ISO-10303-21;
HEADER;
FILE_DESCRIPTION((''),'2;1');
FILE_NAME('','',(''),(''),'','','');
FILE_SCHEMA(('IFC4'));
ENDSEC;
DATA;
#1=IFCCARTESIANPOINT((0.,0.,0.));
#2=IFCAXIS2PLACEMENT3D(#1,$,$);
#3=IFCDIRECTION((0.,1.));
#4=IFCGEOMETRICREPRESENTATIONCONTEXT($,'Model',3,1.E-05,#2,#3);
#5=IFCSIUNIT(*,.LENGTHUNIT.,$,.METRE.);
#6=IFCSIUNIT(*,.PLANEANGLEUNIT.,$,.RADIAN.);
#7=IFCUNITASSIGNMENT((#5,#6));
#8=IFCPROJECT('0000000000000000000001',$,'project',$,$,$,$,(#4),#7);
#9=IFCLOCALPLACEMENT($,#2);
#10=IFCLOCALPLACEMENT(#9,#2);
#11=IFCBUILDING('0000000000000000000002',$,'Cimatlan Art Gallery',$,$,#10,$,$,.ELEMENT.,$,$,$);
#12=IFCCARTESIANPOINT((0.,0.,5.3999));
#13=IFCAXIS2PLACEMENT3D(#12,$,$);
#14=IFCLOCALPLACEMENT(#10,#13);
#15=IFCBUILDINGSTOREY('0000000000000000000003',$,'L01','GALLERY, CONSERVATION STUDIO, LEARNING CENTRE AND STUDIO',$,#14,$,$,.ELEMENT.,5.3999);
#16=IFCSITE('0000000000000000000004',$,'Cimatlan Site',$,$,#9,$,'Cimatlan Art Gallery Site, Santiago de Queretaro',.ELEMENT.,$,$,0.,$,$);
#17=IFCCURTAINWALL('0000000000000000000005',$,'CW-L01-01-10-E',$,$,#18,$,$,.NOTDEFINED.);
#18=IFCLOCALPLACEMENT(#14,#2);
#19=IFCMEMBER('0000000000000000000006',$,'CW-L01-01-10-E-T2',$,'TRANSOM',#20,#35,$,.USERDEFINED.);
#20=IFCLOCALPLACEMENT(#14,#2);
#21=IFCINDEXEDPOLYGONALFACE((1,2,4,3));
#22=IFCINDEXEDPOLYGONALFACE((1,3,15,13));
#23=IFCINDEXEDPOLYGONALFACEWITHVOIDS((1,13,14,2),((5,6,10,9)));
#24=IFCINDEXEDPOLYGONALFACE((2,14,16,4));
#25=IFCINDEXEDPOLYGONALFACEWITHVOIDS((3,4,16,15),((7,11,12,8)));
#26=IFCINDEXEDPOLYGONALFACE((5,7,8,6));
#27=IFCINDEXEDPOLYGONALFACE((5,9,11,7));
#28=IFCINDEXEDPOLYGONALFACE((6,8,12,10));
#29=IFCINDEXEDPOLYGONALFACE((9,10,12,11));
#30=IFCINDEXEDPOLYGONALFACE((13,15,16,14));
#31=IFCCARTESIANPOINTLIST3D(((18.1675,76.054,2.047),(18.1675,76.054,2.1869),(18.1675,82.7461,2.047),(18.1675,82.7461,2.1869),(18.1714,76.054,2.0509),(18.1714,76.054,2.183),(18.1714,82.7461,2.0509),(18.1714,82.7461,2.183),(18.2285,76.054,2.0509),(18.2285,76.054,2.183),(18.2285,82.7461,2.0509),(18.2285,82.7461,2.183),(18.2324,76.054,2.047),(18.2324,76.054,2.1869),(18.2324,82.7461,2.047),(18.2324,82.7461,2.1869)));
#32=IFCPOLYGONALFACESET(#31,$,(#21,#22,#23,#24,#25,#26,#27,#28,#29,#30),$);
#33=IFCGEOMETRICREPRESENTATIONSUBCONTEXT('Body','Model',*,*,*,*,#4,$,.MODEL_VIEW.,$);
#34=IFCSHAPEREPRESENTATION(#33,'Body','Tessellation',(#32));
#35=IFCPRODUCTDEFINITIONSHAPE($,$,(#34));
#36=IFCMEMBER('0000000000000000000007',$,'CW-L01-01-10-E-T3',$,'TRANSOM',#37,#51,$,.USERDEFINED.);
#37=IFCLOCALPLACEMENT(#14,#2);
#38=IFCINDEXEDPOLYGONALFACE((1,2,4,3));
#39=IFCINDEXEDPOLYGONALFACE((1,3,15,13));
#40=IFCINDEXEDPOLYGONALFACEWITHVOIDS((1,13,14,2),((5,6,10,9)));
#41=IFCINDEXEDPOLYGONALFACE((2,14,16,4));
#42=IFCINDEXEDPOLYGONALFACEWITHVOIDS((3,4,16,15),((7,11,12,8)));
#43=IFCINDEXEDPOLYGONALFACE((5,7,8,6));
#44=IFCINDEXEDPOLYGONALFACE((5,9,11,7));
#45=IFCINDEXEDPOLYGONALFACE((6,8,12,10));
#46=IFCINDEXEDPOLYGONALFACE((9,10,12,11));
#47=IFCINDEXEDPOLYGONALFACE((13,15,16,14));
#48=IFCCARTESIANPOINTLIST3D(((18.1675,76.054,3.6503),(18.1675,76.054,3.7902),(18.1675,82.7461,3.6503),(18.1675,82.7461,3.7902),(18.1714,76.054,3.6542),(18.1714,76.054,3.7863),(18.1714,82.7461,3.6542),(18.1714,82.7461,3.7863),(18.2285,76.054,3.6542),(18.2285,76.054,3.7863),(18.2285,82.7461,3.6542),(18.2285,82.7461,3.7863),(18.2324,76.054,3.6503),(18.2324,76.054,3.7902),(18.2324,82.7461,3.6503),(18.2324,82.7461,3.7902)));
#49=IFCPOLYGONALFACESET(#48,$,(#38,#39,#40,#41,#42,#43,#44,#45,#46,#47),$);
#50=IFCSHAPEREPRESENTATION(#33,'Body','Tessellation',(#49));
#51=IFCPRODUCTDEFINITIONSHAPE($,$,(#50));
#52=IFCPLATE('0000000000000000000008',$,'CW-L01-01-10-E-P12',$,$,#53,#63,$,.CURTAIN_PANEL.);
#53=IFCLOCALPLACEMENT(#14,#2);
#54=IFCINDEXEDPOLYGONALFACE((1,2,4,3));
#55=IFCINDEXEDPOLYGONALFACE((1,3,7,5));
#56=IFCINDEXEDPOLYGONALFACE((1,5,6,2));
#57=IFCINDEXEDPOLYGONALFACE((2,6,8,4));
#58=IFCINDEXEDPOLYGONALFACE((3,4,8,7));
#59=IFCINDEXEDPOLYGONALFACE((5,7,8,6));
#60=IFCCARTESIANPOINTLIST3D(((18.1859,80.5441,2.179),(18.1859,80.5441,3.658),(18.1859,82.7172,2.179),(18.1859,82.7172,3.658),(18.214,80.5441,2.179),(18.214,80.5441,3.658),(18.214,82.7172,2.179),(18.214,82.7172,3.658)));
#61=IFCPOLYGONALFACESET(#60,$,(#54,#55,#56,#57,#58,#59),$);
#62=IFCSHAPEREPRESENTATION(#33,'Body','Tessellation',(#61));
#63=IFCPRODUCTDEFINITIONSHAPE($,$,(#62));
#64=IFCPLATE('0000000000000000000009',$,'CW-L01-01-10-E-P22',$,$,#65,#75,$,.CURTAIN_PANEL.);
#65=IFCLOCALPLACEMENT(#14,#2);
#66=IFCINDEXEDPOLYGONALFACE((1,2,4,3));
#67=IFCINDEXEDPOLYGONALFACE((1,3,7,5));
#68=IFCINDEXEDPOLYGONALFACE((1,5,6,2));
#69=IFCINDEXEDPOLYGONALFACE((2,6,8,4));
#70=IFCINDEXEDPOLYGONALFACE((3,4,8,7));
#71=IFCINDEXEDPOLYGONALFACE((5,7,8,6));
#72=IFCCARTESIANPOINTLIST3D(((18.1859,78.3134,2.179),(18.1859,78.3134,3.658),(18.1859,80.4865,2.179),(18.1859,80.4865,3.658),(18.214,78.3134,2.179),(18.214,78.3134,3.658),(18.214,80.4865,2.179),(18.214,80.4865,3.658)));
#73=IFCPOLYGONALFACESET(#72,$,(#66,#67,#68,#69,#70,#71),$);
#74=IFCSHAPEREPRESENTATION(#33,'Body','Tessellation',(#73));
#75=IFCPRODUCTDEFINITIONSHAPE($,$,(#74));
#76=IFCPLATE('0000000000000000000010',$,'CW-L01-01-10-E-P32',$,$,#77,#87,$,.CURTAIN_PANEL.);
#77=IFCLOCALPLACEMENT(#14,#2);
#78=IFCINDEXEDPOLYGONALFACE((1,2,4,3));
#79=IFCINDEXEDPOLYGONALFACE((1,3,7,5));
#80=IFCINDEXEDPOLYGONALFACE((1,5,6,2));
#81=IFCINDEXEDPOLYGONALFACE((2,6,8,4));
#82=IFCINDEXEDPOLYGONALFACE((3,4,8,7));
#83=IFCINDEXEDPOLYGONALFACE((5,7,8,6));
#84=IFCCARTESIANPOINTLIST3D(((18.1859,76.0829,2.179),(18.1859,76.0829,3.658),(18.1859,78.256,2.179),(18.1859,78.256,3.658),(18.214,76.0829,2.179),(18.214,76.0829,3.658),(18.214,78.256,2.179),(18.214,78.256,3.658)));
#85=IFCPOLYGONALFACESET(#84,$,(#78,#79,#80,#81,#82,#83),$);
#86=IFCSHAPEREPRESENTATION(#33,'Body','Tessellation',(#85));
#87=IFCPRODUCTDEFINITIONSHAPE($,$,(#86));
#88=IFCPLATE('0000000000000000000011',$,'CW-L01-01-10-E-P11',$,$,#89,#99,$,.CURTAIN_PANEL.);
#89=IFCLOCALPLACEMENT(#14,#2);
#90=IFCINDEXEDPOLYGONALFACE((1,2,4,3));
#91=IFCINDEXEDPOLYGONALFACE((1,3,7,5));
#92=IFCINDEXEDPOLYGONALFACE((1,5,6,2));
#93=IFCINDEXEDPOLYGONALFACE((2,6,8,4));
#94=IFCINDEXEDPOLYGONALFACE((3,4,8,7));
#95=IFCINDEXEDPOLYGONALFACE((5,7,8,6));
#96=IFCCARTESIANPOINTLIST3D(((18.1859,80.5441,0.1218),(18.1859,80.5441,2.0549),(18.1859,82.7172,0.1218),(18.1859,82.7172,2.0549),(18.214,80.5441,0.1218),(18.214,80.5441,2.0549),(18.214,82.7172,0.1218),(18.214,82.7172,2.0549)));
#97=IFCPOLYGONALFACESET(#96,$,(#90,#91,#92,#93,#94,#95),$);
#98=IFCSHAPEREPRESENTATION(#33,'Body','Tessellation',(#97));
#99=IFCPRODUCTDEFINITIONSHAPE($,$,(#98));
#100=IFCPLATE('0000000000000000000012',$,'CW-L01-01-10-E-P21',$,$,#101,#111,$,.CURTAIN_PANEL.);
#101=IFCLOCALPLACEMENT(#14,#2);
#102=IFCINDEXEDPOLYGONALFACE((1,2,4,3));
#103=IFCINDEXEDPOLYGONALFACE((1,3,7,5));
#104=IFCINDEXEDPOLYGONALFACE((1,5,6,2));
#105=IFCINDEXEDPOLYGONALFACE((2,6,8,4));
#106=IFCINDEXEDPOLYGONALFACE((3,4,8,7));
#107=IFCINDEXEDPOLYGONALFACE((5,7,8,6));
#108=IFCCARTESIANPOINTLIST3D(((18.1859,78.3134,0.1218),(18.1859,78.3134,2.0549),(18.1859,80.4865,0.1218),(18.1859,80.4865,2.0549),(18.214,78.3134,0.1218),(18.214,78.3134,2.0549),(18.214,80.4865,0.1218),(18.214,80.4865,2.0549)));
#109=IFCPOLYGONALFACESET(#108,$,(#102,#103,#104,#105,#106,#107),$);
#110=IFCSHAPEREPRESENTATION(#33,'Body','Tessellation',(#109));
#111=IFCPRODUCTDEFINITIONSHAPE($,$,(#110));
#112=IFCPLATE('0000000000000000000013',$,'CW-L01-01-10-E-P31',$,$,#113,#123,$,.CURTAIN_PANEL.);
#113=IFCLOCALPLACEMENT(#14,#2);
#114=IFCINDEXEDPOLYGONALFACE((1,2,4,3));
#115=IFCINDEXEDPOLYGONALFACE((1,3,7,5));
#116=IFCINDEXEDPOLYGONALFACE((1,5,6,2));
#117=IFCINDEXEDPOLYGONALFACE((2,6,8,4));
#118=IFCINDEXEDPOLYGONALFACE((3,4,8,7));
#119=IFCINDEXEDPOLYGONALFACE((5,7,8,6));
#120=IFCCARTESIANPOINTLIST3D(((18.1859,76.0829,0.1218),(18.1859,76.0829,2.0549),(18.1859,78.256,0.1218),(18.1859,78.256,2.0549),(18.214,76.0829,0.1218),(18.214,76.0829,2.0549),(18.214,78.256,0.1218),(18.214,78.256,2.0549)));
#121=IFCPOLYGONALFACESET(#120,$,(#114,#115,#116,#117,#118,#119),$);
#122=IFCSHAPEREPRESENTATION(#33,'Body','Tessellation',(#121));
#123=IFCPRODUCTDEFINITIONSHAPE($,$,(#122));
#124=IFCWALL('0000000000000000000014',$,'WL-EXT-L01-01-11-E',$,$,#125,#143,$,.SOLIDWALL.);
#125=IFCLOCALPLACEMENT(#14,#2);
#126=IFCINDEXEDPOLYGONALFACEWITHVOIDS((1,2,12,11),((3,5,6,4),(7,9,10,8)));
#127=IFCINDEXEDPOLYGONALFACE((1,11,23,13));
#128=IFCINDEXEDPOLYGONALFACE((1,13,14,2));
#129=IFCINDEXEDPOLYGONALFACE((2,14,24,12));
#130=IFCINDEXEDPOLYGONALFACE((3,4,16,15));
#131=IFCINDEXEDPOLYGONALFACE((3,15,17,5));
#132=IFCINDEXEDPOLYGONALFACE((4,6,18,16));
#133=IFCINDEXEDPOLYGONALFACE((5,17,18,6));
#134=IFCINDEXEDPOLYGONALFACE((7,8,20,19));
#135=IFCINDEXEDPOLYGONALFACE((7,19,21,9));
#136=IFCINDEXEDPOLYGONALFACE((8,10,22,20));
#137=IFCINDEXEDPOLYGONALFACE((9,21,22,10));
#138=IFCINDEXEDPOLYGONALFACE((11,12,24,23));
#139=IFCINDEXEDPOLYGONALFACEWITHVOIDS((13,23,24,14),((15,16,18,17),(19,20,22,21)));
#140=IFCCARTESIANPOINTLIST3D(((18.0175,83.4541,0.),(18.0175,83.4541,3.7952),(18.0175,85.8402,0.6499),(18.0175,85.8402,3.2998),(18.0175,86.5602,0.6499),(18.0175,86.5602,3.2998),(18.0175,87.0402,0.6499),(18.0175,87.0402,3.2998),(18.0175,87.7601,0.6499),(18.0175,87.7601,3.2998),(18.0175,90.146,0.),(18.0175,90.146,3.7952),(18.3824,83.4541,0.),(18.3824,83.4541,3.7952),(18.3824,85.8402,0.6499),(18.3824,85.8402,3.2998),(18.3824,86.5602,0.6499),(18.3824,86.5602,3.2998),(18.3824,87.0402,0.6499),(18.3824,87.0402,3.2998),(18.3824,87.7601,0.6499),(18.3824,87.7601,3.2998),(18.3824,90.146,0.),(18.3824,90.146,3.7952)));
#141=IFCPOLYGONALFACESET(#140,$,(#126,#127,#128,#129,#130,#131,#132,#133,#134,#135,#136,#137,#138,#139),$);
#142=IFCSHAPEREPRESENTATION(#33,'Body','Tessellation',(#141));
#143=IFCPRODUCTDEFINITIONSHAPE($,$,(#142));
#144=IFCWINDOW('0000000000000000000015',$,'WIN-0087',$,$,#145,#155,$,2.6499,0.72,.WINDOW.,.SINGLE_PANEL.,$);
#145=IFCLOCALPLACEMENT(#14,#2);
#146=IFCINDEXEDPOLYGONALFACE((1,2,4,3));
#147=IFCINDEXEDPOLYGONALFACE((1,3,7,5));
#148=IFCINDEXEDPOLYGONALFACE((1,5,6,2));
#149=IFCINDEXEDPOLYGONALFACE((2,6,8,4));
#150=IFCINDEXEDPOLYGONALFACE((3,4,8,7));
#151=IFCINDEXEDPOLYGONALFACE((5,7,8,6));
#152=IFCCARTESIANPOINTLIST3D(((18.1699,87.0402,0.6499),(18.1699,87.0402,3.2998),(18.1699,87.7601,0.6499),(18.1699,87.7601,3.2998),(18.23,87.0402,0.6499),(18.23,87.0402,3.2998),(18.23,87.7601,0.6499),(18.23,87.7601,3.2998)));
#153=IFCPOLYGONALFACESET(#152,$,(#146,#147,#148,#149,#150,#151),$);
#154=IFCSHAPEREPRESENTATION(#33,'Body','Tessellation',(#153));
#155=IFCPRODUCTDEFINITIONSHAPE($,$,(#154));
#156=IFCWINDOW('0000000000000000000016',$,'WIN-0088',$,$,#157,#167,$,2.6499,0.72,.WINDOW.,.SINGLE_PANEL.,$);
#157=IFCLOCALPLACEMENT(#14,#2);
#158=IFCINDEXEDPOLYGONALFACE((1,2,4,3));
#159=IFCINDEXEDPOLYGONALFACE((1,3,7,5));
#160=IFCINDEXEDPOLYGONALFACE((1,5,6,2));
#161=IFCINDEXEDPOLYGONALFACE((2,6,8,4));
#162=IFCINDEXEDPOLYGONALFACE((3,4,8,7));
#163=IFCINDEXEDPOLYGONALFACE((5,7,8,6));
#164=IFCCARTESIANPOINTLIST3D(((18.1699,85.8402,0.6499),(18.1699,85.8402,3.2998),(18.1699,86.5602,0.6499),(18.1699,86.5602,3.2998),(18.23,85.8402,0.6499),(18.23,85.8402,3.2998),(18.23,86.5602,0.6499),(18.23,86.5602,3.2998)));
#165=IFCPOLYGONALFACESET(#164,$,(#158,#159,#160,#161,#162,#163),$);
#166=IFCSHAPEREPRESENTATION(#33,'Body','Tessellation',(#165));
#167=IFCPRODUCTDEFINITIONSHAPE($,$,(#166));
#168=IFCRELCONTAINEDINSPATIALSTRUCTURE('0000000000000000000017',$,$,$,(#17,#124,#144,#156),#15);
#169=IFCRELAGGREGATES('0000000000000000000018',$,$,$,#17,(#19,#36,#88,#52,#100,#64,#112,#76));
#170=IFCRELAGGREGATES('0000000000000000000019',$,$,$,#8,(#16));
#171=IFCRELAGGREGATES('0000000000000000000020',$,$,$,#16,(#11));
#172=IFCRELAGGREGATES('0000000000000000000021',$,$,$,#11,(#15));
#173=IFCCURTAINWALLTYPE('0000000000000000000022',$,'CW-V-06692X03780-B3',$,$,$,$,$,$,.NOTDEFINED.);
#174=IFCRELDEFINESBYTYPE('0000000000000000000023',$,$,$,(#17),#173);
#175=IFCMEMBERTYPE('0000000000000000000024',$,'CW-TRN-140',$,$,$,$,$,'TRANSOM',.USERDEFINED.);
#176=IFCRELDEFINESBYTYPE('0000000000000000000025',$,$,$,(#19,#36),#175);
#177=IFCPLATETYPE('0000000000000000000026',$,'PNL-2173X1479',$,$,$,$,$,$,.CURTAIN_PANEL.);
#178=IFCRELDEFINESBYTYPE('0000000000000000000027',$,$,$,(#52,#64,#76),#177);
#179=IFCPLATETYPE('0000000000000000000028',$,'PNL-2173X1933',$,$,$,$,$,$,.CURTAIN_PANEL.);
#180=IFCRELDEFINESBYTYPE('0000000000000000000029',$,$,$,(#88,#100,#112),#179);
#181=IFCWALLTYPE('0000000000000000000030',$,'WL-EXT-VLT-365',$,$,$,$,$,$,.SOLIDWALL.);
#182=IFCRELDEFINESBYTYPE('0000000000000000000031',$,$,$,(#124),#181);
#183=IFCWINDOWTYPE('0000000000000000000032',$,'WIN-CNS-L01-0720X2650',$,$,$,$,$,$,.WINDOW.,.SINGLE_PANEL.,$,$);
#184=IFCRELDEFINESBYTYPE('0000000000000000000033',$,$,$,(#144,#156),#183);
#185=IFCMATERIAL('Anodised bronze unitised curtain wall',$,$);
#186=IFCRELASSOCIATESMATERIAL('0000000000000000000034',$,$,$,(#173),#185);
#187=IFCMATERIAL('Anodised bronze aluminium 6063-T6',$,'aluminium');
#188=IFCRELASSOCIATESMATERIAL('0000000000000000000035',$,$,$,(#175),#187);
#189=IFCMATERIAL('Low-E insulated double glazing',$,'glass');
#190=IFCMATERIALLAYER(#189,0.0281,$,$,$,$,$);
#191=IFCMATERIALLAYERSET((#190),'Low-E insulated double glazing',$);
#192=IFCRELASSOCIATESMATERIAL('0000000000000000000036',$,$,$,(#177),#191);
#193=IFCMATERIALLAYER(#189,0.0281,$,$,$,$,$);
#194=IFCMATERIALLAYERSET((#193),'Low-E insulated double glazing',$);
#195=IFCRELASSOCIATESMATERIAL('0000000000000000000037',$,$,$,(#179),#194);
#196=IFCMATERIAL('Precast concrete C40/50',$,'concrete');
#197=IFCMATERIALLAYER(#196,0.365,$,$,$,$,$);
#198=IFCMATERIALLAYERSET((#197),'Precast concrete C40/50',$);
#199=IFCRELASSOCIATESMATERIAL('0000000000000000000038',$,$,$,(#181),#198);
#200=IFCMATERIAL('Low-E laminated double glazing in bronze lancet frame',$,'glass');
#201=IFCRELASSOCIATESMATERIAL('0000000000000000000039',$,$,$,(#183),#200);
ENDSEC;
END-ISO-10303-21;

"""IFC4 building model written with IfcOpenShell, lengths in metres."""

from ifc_helpers import new_model, si_unit, direction, frame, frame_2d, origin, origin_2d, place, context, subcontext, project, spatial, rectangle, hollow_rectangle, extrude, material, layer, layer_set, material_profile, profile_set, type_object, element, fill, aggregate, save


model = new_model("IFC4")

# Units and contexts
model_context = context("Model", 3, precision=1e-05, world=origin(), true_north=direction((0.0, 1.0)))
body_context = subcontext(model_context, "Body", "Model", "MODEL_VIEW")
ifc_project = project(units=[si_unit("LENGTHUNIT", "METRE"), si_unit("PLANEANGLEUNIT", "RADIAN")], contexts=[model_context])

# Site, building, storey
site_placement = place(None, origin())
site = spatial("IfcSite", under=ifc_project, at=site_placement, Name="Cimatlan Site", LongName="Cimatlan Art Gallery Site, Santiago de Queretaro", CompositionType="ELEMENT", RefElevation=0.0)
building_placement = place(site_placement, origin())
building = spatial("IfcBuilding", under=site, at=building_placement, Name="Cimatlan Art Gallery", CompositionType="ELEMENT")
storey_placement = place(building_placement, frame((0.0, 0.0, 5.3999)))
storey = spatial("IfcBuildingStorey", under=building, at=storey_placement, Name="L01", Description="GALLERY, CONSERVATION STUDIO, LEARNING CENTRE AND STUDIO", CompositionType="ELEMENT", Elevation=5.3999)

# Curtain wall, members, plates
ifc_material_1 = material(Name="Anodised bronze unitised curtain wall")
curtain_wall_type = type_object("IfcCurtainWallType", Name="CW-V-06692X03780-B3", PredefinedType="NOTDEFINED", material=ifc_material_1)
curtain_wall_placement = place(storey_placement, origin())
curtain_wall = element("IfcCurtainWall", 1, at=curtain_wall_placement, inside=storey, type_object=curtain_wall_type, Name="CW-L01-01-10-E", PredefinedType="NOTDEFINED")
ifc_material_2 = material(Name="Anodised bronze aluminium 6063-T6", Category="aluminium")
ifc_material_profile_1 = material_profile(ifc_material_2, hollow_rectangle(XDim=0.0649, YDim=0.1399, WallThickness=0.0039, at=origin_2d()), Name="ALU65X140X4")
ifc_profile_set_1 = profile_set([ifc_material_profile_1], Name="Anodised bronze aluminium 6063-T6")
member_type_1 = type_object("IfcMemberType", Name="CW-TRN-140", ElementType="TRANSOM", PredefinedType="USERDEFINED", material=ifc_profile_set_1)
member_1_placement = place(storey_placement, frame((18.2, 82.7461, 2.1169), z_axis=(0.0, -1.0, 0.0), x_axis=(1.0, 0.0, 0.0)))
member_1 = element("IfcMember", 2, at=member_1_placement, type_object=member_type_1, Name="CW-L01-01-10-E-T2", ObjectType="TRANSOM", PredefinedType="USERDEFINED", context=body_context, shape_type="SweptSolid", body=[
    extrude(hollow_rectangle(XDim=0.0649, YDim=0.1399, WallThickness=0.0039, at=origin_2d()), origin(), (0.0, 0.0, 1.0), 6.6921),
])
member_2_placement = place(storey_placement, frame((18.2, 82.7461, 3.7202), z_axis=(0.0, -1.0, 0.0), x_axis=(1.0, 0.0, 0.0)))
member_2 = element("IfcMember", 3, at=member_2_placement, type_object=member_type_1, Name="CW-L01-01-10-E-T3", ObjectType="TRANSOM", PredefinedType="USERDEFINED", context=body_context, shape_type="SweptSolid", body=[
    extrude(hollow_rectangle(XDim=0.0649, YDim=0.1399, WallThickness=0.0039, at=origin_2d()), origin(), (0.0, 0.0, 1.0), 6.6921),
])
ifc_material_3 = material(Name="Low-E insulated double glazing", Category="glass")
ifc_layer_1 = layer(ifc_material_3, 0.0281)
ifc_layer_set_1 = layer_set([ifc_layer_1], Name="Low-E insulated double glazing")
plate_type_1 = type_object("IfcPlateType", Name="PNL-2173X1479", PredefinedType="CURTAIN_PANEL", material=ifc_layer_set_1)
plate_1_placement = place(storey_placement, frame((18.2, 81.6306, 2.179), z_axis=(0.0, 0.0, 1.0), x_axis=(0.0, -1.0, 0.0)))
plate_1 = element("IfcPlate", 4, at=plate_1_placement, type_object=plate_type_1, Name="CW-L01-01-10-E-P12", PredefinedType="CURTAIN_PANEL", context=body_context, shape_type="SweptSolid", body=[
    extrude(rectangle(XDim=2.1731, YDim=0.0281, at=origin_2d()), origin(), (0.0, 0.0, 1.0), 1.479),
])
plate_2_placement = place(storey_placement, frame((18.2, 79.3999, 2.179), z_axis=(0.0, 0.0, 1.0), x_axis=(0.0, -1.0, 0.0)))
plate_2 = element("IfcPlate", 5, at=plate_2_placement, type_object=plate_type_1, Name="CW-L01-01-10-E-P22", PredefinedType="CURTAIN_PANEL", context=body_context, shape_type="SweptSolid", body=[
    extrude(rectangle(XDim=2.1731, YDim=0.0281, at=origin_2d()), origin(), (0.0, 0.0, 1.0), 1.479),
])
plate_3_placement = place(storey_placement, frame((18.2, 77.1694, 2.179), z_axis=(0.0, 0.0, 1.0), x_axis=(0.0, -1.0, 0.0)))
plate_3 = element("IfcPlate", 6, at=plate_3_placement, type_object=plate_type_1, Name="CW-L01-01-10-E-P32", PredefinedType="CURTAIN_PANEL", context=body_context, shape_type="SweptSolid", body=[
    extrude(rectangle(XDim=2.1731, YDim=0.0281, at=origin_2d()), origin(), (0.0, 0.0, 1.0), 1.479),
])
ifc_layer_2 = layer(ifc_material_3, 0.0281)
ifc_layer_set_2 = layer_set([ifc_layer_2], Name="Low-E insulated double glazing")
plate_type_2 = type_object("IfcPlateType", Name="PNL-2173X1933", PredefinedType="CURTAIN_PANEL", material=ifc_layer_set_2)
plate_4_placement = place(storey_placement, frame((18.2, 81.6306, 0.1218), z_axis=(0.0, 0.0, 1.0), x_axis=(0.0, -1.0, 0.0)))
plate_4 = element("IfcPlate", 7, at=plate_4_placement, type_object=plate_type_2, Name="CW-L01-01-10-E-P11", PredefinedType="CURTAIN_PANEL", context=body_context, shape_type="SweptSolid", body=[
    extrude(rectangle(XDim=2.1731, YDim=0.0281, at=origin_2d()), origin(), (0.0, 0.0, 1.0), 1.9331),
])
plate_5_placement = place(storey_placement, frame((18.2, 79.3999, 0.1218), z_axis=(0.0, 0.0, 1.0), x_axis=(0.0, -1.0, 0.0)))
plate_5 = element("IfcPlate", 8, at=plate_5_placement, type_object=plate_type_2, Name="CW-L01-01-10-E-P21", PredefinedType="CURTAIN_PANEL", context=body_context, shape_type="SweptSolid", body=[
    extrude(rectangle(XDim=2.1731, YDim=0.0281, at=origin_2d()), origin(), (0.0, 0.0, 1.0), 1.9331),
])
plate_6_placement = place(storey_placement, frame((18.2, 77.1694, 0.1218), z_axis=(0.0, 0.0, 1.0), x_axis=(0.0, -1.0, 0.0)))
plate_6 = element("IfcPlate", 9, at=plate_6_placement, type_object=plate_type_2, Name="CW-L01-01-10-E-P31", PredefinedType="CURTAIN_PANEL", context=body_context, shape_type="SweptSolid", body=[
    extrude(rectangle(XDim=2.1731, YDim=0.0281, at=origin_2d()), origin(), (0.0, 0.0, 1.0), 1.9331),
])
aggregate(curtain_wall, [member_1, member_2, plate_4, plate_1, plate_5, plate_2, plate_6, plate_3])

# Wall, openings, windows
ifc_material_4 = material(Name="Precast concrete C40/50", Category="concrete")
ifc_layer_3 = layer(ifc_material_4, 0.365)
ifc_layer_set_3 = layer_set([ifc_layer_3], Name="Precast concrete C40/50")
wall_type = type_object("IfcWallType", Name="WL-EXT-VLT-365", PredefinedType="SOLIDWALL", material=ifc_layer_set_3)
wall_placement = place(storey_placement, frame((18.2, 90.146, 0.0), z_axis=(0.0, 0.0, 1.0), x_axis=(0.0, -1.0, 0.0)))
wall = element("IfcWall", 10, at=wall_placement, inside=storey, type_object=wall_type, Name="WL-EXT-L01-01-11-E", PredefinedType="SOLIDWALL", context=body_context, shape_type="SweptSolid", body=[
    extrude(rectangle(XDim=6.6919, YDim=0.365, at=frame_2d((3.3459, 0.0))), origin(), (0.0, 0.0, 1.0), 3.7952),
])
opening_1_placement = place(wall_placement, frame((2.386, 0.0, 0.6499)))
opening_1 = element("IfcOpeningElement", 11, at=opening_1_placement, cuts=wall, PredefinedType="OPENING", context=body_context, shape_type="SweptSolid", body=[
    extrude(rectangle(XDim=0.72, YDim=2.6499, at=frame_2d((0.3599, 1.325))), frame((0.0, 0.1924, 0.0), z_axis=(0.0, -1.0, 0.0), x_axis=(1.0, 0.0, 0.0)), (0.0, 0.0, 1.0), 0.385),
])
opening_2_placement = place(wall_placement, frame((3.5859, 0.0, 0.6499)))
opening_2 = element("IfcOpeningElement", 12, at=opening_2_placement, cuts=wall, PredefinedType="OPENING", context=body_context, shape_type="SweptSolid", body=[
    extrude(rectangle(XDim=0.72, YDim=2.6499, at=frame_2d((0.3599, 1.325))), frame((0.0, 0.1924, 0.0), z_axis=(0.0, -1.0, 0.0), x_axis=(1.0, 0.0, 0.0)), (0.0, 0.0, 1.0), 0.385),
])
ifc_material_5 = material(Name="Low-E laminated double glazing in bronze lancet frame", Category="glass")
window_type = type_object("IfcWindowType", Name="WIN-CNS-L01-0720X2650", PartitioningType="SINGLE_PANEL", PredefinedType="WINDOW", material=ifc_material_5)
window_1_placement = place(opening_1_placement, origin())
window_1 = element("IfcWindow", 13, at=window_1_placement, inside=storey, type_object=window_type, Name="WIN-0087", OverallHeight=2.6499, OverallWidth=0.72, PartitioningType="SINGLE_PANEL", PredefinedType="WINDOW", context=body_context, shape_type="SweptSolid", body=[
    extrude(rectangle(XDim=0.72, YDim=2.6499, at=frame_2d((0.3599, 1.325))), frame((0.0, 0.03, 0.0), z_axis=(0.0, -1.0, 0.0), x_axis=(1.0, 0.0, 0.0)), (0.0, 0.0, 1.0), 0.0601),
])
fill(opening_1, window_1)
window_2_placement = place(opening_2_placement, origin())
window_2 = element("IfcWindow", 14, at=window_2_placement, inside=storey, type_object=window_type, Name="WIN-0088", OverallHeight=2.6499, OverallWidth=0.72, PartitioningType="SINGLE_PANEL", PredefinedType="WINDOW", context=body_context, shape_type="SweptSolid", body=[
    extrude(rectangle(XDim=0.72, YDim=2.6499, at=frame_2d((0.3599, 1.325))), frame((0.0, 0.03, 0.0), z_axis=(0.0, -1.0, 0.0), x_axis=(1.0, 0.0, 0.0)), (0.0, 0.0, 1.0), 0.0601),
])
fill(opening_2, window_2)

save(model, "model.ifc")
